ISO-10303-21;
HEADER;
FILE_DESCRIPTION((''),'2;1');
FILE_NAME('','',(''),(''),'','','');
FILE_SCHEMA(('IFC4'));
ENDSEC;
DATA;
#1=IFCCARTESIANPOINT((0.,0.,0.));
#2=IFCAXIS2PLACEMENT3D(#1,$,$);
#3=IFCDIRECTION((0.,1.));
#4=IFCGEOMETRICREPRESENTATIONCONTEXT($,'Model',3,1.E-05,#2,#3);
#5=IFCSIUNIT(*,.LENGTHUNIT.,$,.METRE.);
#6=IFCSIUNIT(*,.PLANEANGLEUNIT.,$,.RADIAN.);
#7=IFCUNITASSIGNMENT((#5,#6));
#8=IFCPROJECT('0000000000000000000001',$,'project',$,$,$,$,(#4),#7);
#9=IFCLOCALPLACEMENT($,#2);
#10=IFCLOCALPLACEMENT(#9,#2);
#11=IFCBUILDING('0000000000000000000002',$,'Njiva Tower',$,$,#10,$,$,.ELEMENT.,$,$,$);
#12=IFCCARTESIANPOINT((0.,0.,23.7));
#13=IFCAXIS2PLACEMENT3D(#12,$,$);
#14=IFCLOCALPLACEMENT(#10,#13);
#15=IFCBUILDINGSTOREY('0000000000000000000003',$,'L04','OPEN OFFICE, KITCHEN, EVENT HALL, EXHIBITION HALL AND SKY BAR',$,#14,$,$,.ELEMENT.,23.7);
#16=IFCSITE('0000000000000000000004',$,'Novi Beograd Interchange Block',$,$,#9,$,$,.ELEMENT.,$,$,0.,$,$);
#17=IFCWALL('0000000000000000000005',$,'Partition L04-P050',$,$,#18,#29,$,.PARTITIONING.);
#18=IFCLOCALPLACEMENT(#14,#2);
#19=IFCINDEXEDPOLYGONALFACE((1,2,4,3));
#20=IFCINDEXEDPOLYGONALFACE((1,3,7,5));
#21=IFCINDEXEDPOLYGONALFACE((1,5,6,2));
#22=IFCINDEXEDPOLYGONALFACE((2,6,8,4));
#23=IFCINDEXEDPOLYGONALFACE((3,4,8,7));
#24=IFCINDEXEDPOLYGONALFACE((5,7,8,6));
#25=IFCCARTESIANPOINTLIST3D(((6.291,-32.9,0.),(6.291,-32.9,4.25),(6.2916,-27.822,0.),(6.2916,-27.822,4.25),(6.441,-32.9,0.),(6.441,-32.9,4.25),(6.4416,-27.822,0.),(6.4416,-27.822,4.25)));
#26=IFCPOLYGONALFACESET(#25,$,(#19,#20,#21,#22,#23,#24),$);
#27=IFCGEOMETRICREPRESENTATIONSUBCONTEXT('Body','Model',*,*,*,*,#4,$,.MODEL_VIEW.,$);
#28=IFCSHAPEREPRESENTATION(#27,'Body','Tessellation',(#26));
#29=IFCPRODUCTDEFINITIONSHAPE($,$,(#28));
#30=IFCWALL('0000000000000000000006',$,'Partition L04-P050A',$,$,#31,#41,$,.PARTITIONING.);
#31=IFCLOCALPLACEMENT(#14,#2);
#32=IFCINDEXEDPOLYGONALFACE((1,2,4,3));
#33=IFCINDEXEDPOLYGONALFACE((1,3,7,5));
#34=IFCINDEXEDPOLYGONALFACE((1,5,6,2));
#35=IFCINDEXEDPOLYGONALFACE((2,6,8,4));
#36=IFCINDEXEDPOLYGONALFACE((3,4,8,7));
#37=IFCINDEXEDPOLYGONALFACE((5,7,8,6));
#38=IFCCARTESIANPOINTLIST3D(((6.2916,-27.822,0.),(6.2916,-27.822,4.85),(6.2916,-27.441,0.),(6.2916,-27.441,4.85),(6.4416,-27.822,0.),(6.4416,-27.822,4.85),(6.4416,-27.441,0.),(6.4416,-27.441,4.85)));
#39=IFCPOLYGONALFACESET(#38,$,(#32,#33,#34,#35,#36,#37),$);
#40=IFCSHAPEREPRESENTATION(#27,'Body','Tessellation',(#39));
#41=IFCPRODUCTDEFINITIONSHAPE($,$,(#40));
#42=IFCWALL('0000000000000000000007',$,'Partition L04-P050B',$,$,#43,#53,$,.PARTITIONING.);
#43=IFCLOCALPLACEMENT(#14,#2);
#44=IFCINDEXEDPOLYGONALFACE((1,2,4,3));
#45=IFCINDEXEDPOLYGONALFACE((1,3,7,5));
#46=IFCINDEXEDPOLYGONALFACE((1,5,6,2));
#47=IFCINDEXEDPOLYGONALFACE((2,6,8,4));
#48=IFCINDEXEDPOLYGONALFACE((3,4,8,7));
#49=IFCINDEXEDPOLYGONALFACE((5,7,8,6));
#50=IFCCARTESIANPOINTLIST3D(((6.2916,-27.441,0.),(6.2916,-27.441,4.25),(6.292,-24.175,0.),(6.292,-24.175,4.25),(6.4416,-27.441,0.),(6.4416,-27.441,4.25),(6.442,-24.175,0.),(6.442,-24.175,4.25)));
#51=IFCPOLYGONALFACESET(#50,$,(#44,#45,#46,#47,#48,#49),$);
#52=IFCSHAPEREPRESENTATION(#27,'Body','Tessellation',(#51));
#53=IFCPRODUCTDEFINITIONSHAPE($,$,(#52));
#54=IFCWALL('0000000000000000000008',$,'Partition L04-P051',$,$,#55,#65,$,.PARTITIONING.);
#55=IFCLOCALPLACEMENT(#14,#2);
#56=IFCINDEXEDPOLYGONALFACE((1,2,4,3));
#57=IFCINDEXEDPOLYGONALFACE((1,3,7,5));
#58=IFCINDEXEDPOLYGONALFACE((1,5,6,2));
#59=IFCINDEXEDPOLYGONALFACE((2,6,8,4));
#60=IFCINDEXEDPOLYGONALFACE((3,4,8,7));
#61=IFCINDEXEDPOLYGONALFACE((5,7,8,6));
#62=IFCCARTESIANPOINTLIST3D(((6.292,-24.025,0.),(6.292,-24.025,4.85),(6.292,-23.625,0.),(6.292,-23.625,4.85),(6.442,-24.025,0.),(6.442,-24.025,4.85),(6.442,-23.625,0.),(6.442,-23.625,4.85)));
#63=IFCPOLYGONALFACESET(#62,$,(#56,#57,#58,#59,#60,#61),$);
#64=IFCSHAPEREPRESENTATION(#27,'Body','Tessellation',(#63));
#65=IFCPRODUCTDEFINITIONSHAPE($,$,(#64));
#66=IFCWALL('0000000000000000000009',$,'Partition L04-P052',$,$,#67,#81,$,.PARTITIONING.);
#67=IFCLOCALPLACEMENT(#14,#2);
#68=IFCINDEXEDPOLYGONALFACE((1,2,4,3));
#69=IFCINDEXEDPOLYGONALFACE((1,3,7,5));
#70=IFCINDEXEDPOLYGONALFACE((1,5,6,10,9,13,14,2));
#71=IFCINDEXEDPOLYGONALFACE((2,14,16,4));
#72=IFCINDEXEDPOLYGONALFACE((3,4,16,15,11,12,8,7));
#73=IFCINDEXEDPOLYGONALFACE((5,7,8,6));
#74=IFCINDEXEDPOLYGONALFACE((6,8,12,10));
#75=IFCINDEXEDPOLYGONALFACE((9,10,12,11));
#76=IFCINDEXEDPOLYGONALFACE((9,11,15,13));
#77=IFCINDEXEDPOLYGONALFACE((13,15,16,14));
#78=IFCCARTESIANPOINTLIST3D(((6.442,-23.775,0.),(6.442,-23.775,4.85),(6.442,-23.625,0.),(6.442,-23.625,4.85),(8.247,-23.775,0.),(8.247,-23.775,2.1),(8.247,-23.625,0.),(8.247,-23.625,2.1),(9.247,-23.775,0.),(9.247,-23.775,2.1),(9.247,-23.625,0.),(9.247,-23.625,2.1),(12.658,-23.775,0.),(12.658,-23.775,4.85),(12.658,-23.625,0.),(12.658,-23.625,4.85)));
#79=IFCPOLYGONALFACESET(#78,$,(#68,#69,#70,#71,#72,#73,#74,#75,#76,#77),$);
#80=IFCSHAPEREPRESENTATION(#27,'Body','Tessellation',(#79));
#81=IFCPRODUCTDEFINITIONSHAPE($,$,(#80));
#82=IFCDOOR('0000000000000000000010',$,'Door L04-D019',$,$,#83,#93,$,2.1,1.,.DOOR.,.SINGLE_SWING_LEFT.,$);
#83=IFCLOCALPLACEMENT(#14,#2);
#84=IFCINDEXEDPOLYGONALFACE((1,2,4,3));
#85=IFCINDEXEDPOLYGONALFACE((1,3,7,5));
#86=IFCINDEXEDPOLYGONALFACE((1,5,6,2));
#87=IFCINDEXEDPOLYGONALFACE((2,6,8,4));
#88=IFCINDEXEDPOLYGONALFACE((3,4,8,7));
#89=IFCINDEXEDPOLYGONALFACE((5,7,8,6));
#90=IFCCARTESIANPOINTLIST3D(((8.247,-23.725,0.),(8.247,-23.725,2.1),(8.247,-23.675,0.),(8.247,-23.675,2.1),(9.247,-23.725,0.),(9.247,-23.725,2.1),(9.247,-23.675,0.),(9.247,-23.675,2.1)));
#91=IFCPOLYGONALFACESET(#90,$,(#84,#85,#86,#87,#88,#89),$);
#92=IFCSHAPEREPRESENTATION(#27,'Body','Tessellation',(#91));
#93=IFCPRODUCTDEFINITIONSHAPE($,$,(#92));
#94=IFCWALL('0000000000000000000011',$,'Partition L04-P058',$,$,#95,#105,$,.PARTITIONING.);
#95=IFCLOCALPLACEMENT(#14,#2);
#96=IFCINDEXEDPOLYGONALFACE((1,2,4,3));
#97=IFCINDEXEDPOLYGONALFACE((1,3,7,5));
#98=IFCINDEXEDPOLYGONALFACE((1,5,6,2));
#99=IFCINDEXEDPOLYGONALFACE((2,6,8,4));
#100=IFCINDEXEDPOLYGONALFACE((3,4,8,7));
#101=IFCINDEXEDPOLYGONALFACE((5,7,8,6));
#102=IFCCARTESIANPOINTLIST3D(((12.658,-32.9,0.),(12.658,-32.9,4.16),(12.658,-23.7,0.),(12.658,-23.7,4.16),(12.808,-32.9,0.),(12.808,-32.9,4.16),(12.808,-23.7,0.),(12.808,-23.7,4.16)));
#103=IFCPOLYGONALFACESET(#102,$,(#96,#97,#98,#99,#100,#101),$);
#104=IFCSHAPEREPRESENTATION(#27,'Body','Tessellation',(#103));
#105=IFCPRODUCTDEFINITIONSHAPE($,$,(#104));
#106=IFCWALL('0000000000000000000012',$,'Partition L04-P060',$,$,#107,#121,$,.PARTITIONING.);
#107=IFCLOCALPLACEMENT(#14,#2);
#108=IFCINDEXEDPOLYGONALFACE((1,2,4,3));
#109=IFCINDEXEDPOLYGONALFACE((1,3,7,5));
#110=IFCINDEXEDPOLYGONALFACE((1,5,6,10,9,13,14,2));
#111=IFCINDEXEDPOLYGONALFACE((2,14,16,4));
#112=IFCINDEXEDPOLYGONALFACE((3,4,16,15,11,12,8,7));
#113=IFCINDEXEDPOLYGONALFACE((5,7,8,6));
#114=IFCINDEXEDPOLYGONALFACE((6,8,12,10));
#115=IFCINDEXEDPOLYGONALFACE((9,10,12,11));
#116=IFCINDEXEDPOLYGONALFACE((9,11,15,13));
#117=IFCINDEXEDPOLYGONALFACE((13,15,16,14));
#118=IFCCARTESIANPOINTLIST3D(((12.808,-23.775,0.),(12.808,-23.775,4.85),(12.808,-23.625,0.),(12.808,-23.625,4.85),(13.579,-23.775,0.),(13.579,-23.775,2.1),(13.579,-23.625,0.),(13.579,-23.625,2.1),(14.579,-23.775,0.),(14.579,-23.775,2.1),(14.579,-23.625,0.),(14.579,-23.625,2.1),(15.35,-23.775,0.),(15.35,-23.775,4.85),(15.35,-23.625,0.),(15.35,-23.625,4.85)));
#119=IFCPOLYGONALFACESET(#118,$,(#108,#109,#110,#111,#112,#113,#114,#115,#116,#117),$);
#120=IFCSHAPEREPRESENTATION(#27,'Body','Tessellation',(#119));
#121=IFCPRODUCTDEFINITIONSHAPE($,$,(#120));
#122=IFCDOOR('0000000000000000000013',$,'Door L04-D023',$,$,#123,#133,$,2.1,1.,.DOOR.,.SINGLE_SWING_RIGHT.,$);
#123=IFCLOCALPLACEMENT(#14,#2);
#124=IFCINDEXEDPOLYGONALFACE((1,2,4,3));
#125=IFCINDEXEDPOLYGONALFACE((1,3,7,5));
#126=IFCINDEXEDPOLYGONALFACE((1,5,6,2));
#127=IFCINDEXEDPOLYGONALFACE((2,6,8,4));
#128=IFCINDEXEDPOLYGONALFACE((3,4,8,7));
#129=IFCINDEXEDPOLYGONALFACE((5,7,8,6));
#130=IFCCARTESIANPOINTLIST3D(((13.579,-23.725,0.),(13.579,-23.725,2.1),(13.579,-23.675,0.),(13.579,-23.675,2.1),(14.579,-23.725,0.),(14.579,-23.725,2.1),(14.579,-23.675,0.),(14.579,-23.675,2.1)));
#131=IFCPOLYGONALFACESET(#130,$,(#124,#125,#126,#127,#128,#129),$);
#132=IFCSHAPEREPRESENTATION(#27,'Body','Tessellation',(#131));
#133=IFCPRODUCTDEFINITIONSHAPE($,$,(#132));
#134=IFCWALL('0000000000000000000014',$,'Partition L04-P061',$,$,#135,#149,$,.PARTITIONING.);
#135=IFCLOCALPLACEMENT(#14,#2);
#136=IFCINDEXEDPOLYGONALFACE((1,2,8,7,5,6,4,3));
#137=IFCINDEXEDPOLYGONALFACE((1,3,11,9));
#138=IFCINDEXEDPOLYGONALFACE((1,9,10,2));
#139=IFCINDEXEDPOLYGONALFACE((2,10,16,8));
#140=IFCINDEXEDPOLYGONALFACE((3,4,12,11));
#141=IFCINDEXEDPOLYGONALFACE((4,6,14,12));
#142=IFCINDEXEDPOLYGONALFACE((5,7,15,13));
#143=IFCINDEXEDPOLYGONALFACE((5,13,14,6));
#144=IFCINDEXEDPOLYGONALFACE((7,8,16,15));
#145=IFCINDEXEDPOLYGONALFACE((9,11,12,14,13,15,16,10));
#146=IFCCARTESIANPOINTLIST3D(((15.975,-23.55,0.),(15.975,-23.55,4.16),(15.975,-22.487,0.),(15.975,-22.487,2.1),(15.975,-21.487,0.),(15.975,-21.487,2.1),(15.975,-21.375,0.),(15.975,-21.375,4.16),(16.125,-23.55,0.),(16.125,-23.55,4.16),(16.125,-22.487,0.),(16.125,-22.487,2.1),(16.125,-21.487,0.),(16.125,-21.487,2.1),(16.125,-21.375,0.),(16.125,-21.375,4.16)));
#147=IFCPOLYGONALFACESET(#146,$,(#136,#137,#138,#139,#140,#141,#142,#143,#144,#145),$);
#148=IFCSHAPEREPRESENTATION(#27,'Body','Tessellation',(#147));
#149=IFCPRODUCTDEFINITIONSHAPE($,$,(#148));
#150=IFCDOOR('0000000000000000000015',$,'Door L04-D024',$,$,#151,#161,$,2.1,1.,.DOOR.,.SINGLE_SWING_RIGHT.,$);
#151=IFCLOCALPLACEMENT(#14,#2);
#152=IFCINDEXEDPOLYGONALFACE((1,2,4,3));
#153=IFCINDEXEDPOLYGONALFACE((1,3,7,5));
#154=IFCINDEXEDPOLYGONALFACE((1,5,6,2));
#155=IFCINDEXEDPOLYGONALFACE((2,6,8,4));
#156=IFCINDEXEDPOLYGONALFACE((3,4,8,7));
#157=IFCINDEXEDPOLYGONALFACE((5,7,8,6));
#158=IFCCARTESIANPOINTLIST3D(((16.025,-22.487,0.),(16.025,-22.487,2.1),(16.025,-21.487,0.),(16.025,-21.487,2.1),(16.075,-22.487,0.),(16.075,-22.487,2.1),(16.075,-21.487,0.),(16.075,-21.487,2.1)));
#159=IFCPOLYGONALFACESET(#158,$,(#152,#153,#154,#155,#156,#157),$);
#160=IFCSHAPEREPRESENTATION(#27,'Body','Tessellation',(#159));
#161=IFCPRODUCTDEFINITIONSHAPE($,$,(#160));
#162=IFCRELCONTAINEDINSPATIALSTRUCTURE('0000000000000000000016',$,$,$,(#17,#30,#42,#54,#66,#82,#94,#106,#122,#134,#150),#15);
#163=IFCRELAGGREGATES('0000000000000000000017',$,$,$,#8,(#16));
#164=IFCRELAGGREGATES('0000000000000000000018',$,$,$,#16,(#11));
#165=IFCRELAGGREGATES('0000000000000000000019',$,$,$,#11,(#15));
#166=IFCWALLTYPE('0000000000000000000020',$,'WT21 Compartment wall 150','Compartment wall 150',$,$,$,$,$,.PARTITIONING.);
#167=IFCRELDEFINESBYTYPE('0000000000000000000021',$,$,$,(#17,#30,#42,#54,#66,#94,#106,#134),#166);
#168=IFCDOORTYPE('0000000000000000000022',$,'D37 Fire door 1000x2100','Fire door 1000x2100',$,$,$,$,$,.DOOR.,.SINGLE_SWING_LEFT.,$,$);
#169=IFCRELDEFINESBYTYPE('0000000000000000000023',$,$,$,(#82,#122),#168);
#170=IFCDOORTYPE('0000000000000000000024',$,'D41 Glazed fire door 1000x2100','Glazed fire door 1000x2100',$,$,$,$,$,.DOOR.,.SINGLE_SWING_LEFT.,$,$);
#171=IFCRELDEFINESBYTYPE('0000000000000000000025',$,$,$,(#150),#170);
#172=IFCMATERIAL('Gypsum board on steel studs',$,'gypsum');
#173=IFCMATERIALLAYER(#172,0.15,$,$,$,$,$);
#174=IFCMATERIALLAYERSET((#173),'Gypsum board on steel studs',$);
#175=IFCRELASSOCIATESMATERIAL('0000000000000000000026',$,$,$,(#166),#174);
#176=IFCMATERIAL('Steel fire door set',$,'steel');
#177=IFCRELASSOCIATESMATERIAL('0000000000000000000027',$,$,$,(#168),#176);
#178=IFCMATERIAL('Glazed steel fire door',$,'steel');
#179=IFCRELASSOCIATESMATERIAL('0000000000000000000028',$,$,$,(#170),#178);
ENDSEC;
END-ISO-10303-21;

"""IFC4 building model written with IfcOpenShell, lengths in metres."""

from ifc_helpers import new_model, si_unit, direction, frame, frame_2d, origin, place, context, subcontext, project, spatial, rectangle, extrude, material, layer, layer_set, type_object, element, fill, save


model = new_model("IFC4")

# Units and contexts
model_context = context("Model", 3, precision=1e-05, world=origin(), true_north=direction((0.0, 1.0)))
body_context = subcontext(model_context, "Body", "Model", "MODEL_VIEW")
ifc_project = project(units=[si_unit("LENGTHUNIT", "METRE"), si_unit("PLANEANGLEUNIT", "RADIAN")], contexts=[model_context])

# Site, building, storey
site_placement = place(None, origin())
site = spatial("IfcSite", under=ifc_project, at=site_placement, Name="Novi Beograd Interchange Block", CompositionType="ELEMENT", RefElevation=0.0)
building_placement = place(site_placement, origin())
building = spatial("IfcBuilding", under=site, at=building_placement, Name="Njiva Tower", CompositionType="ELEMENT")
storey_placement = place(building_placement, frame((0.0, 0.0, 23.7)))
storey = spatial("IfcBuildingStorey", under=building, at=storey_placement, Name="L04", Description="OPEN OFFICE, KITCHEN, EVENT HALL, EXHIBITION HALL AND SKY BAR", CompositionType="ELEMENT", Elevation=23.7)

# Walls
ifc_material_1 = material(Name="Gypsum board on steel studs", Category="gypsum")
ifc_layer_1 = layer(ifc_material_1, 0.15)
ifc_layer_set_1 = layer_set([ifc_layer_1], Name="Gypsum board on steel studs")
wall_type_1 = type_object("IfcWallType", Name="WT21 Compartment wall 150", Description="Compartment wall 150", PredefinedType="PARTITIONING", material=ifc_layer_set_1)
wall_1_placement = place(storey_placement, frame((6.366, -32.9, 0.0), z_axis=(0.0, 0.0, 1.0), x_axis=(0.000118, 1.0, 0.0)))
element("IfcWall", 1, at=wall_1_placement, inside=storey, type_object=wall_type_1, Name="Partition L04-P050", PredefinedType="PARTITIONING", context=body_context, shape_type="SweptSolid", body=[
    extrude(rectangle(XDim=5.078, YDim=0.15, at=frame_2d((2.539, 0.0))), origin(), (0.0, 0.0, 1.0), 4.25),
])
wall_2_placement = place(storey_placement, frame((6.3666, -27.822, 0.0), z_axis=(0.0, 0.0, 1.0), x_axis=(0.0, 1.0, 0.0)))
element("IfcWall", 2, at=wall_2_placement, inside=storey, type_object=wall_type_1, Name="Partition L04-P050A", PredefinedType="PARTITIONING", context=body_context, shape_type="SweptSolid", body=[
    extrude(rectangle(XDim=0.381, YDim=0.15, at=frame_2d((0.1905, 0.0))), origin(), (0.0, 0.0, 1.0), 4.85),
])
wall_3_placement = place(storey_placement, frame((6.3666, -27.441, 0.0), z_axis=(0.0, 0.0, 1.0), x_axis=(0.000122, 1.0, 0.0)))
element("IfcWall", 3, at=wall_3_placement, inside=storey, type_object=wall_type_1, Name="Partition L04-P050B", PredefinedType="PARTITIONING", context=body_context, shape_type="SweptSolid", body=[
    extrude(rectangle(XDim=3.266, YDim=0.15, at=frame_2d((1.633, 0.0))), origin(), (0.0, 0.0, 1.0), 4.25),
])
wall_4_placement = place(storey_placement, frame((6.367, -24.025, 0.0), z_axis=(0.0, 0.0, 1.0), x_axis=(0.0, 1.0, 0.0)))
element("IfcWall", 4, at=wall_4_placement, inside=storey, type_object=wall_type_1, Name="Partition L04-P051", PredefinedType="PARTITIONING", context=body_context, shape_type="SweptSolid", body=[
    extrude(rectangle(XDim=0.4, YDim=0.15, at=frame_2d((0.2, 0.0))), origin(), (0.0, 0.0, 1.0), 4.85),
])

# Wall, opening, door
wall_5_placement = place(storey_placement, frame((6.442, -23.7, 0.0), z_axis=(0.0, 0.0, 1.0), x_axis=(1.0, 0.0, 0.0)))
wall_5 = element("IfcWall", 5, at=wall_5_placement, inside=storey, type_object=wall_type_1, Name="Partition L04-P052", PredefinedType="PARTITIONING", context=body_context, shape_type="SweptSolid", body=[
    extrude(rectangle(XDim=6.216, YDim=0.15, at=frame_2d((3.108, 0.0))), origin(), (0.0, 0.0, 1.0), 4.85),
])
opening_1_placement = place(wall_5_placement, frame((1.805, 0.0, 0.0)))
opening_1 = element("IfcOpeningElement", 6, at=opening_1_placement, cuts=wall_5, PredefinedType="OPENING", context=body_context, shape_type="SweptSolid", body=[
    extrude(rectangle(XDim=1.0, YDim=2.1, at=frame_2d((0.5, 1.05))), frame((0.0, 0.085, 0.0), z_axis=(0.0, -1.0, 0.0), x_axis=(1.0, 0.0, 0.0)), (0.0, 0.0, 1.0), 0.17),
])
ifc_material_2 = material(Name="Steel fire door set", Category="steel")
door_type_1 = type_object("IfcDoorType", Name="D37 Fire door 1000x2100", Description="Fire door 1000x2100", OperationType="SINGLE_SWING_LEFT", PredefinedType="DOOR", material=ifc_material_2)
door_1_placement = place(opening_1_placement, origin())
door_1 = element("IfcDoor", 7, at=door_1_placement, inside=storey, type_object=door_type_1, Name="Door L04-D019", OperationType="SINGLE_SWING_LEFT", OverallHeight=2.1, OverallWidth=1.0, PredefinedType="DOOR", context=body_context, shape_type="SweptSolid", body=[
    extrude(rectangle(XDim=1.0, YDim=2.1, at=frame_2d((0.5, 1.05))), frame((0.0, 0.025, 0.0), z_axis=(0.0, -1.0, 0.0), x_axis=(1.0, 0.0, 0.0)), (0.0, 0.0, 1.0), 0.05),
])
fill(opening_1, door_1)

# Wall
wall_6_placement = place(storey_placement, frame((12.733, -32.9, 0.0), z_axis=(0.0, 0.0, 1.0), x_axis=(0.0, 1.0, 0.0)))
element("IfcWall", 8, at=wall_6_placement, inside=storey, type_object=wall_type_1, Name="Partition L04-P058", PredefinedType="PARTITIONING", context=body_context, shape_type="SweptSolid", body=[
    extrude(rectangle(XDim=9.2, YDim=0.15, at=frame_2d((4.6, 0.0))), origin(), (0.0, 0.0, 1.0), 4.16),
])

# Walls, openings, doors
wall_7_placement = place(storey_placement, frame((12.808, -23.7, 0.0), z_axis=(0.0, 0.0, 1.0), x_axis=(1.0, 0.0, 0.0)))
wall_7 = element("IfcWall", 9, at=wall_7_placement, inside=storey, type_object=wall_type_1, Name="Partition L04-P060", PredefinedType="PARTITIONING", context=body_context, shape_type="SweptSolid", body=[
    extrude(rectangle(XDim=2.542, YDim=0.15, at=frame_2d((1.271, 0.0))), origin(), (0.0, 0.0, 1.0), 4.85),
])
opening_2_placement = place(wall_7_placement, frame((0.771, 0.0, 0.0)))
opening_2 = element("IfcOpeningElement", 10, at=opening_2_placement, cuts=wall_7, PredefinedType="OPENING", context=body_context, shape_type="SweptSolid", body=[
    extrude(rectangle(XDim=1.0, YDim=2.1, at=frame_2d((0.5, 1.05))), frame((0.0, 0.085, 0.0), z_axis=(0.0, -1.0, 0.0), x_axis=(1.0, 0.0, 0.0)), (0.0, 0.0, 1.0), 0.17),
])
door_2_placement = place(opening_2_placement, origin())
door_2 = element("IfcDoor", 11, at=door_2_placement, inside=storey, type_object=door_type_1, Name="Door L04-D023", OperationType="SINGLE_SWING_RIGHT", OverallHeight=2.1, OverallWidth=1.0, PredefinedType="DOOR", context=body_context, shape_type="SweptSolid", body=[
    extrude(rectangle(XDim=1.0, YDim=2.1, at=frame_2d((0.5, 1.05))), frame((0.0, 0.025, 0.0), z_axis=(0.0, -1.0, 0.0), x_axis=(1.0, 0.0, 0.0)), (0.0, 0.0, 1.0), 0.05),
])
fill(opening_2, door_2)
wall_8_placement = place(storey_placement, frame((16.05, -23.55, 0.0), z_axis=(0.0, 0.0, 1.0), x_axis=(0.0, 1.0, 0.0)))
wall_8 = element("IfcWall", 12, at=wall_8_placement, inside=storey, type_object=wall_type_1, Name="Partition L04-P061", PredefinedType="PARTITIONING", context=body_context, shape_type="SweptSolid", body=[
    extrude(rectangle(XDim=2.175, YDim=0.15, at=frame_2d((1.0875, 0.0))), origin(), (0.0, 0.0, 1.0), 4.16),
])
opening_3_placement = place(wall_8_placement, frame((1.063, 0.0, 0.0)))
opening_3 = element("IfcOpeningElement", 13, at=opening_3_placement, cuts=wall_8, PredefinedType="OPENING", context=body_context, shape_type="SweptSolid", body=[
    extrude(rectangle(XDim=1.0, YDim=2.1, at=frame_2d((0.5, 1.05))), frame((0.0, 0.085, 0.0), z_axis=(0.0, -1.0, 0.0), x_axis=(1.0, 0.0, 0.0)), (0.0, 0.0, 1.0), 0.17),
])
ifc_material_3 = material(Name="Glazed steel fire door", Category="steel")
door_type_2 = type_object("IfcDoorType", Name="D41 Glazed fire door 1000x2100", Description="Glazed fire door 1000x2100", OperationType="SINGLE_SWING_LEFT", PredefinedType="DOOR", material=ifc_material_3)
door_3_placement = place(opening_3_placement, origin())
door_3 = element("IfcDoor", 14, at=door_3_placement, inside=storey, type_object=door_type_2, Name="Door L04-D024", OperationType="SINGLE_SWING_RIGHT", OverallHeight=2.1, OverallWidth=1.0, PredefinedType="DOOR", context=body_context, shape_type="SweptSolid", body=[
    extrude(rectangle(XDim=1.0, YDim=2.1, at=frame_2d((0.5, 1.05))), frame((0.0, 0.025, 0.0), z_axis=(0.0, -1.0, 0.0), x_axis=(1.0, 0.0, 0.0)), (0.0, 0.0, 1.0), 0.05),
])
fill(opening_3, door_3)

save(model, "model.ifc")
